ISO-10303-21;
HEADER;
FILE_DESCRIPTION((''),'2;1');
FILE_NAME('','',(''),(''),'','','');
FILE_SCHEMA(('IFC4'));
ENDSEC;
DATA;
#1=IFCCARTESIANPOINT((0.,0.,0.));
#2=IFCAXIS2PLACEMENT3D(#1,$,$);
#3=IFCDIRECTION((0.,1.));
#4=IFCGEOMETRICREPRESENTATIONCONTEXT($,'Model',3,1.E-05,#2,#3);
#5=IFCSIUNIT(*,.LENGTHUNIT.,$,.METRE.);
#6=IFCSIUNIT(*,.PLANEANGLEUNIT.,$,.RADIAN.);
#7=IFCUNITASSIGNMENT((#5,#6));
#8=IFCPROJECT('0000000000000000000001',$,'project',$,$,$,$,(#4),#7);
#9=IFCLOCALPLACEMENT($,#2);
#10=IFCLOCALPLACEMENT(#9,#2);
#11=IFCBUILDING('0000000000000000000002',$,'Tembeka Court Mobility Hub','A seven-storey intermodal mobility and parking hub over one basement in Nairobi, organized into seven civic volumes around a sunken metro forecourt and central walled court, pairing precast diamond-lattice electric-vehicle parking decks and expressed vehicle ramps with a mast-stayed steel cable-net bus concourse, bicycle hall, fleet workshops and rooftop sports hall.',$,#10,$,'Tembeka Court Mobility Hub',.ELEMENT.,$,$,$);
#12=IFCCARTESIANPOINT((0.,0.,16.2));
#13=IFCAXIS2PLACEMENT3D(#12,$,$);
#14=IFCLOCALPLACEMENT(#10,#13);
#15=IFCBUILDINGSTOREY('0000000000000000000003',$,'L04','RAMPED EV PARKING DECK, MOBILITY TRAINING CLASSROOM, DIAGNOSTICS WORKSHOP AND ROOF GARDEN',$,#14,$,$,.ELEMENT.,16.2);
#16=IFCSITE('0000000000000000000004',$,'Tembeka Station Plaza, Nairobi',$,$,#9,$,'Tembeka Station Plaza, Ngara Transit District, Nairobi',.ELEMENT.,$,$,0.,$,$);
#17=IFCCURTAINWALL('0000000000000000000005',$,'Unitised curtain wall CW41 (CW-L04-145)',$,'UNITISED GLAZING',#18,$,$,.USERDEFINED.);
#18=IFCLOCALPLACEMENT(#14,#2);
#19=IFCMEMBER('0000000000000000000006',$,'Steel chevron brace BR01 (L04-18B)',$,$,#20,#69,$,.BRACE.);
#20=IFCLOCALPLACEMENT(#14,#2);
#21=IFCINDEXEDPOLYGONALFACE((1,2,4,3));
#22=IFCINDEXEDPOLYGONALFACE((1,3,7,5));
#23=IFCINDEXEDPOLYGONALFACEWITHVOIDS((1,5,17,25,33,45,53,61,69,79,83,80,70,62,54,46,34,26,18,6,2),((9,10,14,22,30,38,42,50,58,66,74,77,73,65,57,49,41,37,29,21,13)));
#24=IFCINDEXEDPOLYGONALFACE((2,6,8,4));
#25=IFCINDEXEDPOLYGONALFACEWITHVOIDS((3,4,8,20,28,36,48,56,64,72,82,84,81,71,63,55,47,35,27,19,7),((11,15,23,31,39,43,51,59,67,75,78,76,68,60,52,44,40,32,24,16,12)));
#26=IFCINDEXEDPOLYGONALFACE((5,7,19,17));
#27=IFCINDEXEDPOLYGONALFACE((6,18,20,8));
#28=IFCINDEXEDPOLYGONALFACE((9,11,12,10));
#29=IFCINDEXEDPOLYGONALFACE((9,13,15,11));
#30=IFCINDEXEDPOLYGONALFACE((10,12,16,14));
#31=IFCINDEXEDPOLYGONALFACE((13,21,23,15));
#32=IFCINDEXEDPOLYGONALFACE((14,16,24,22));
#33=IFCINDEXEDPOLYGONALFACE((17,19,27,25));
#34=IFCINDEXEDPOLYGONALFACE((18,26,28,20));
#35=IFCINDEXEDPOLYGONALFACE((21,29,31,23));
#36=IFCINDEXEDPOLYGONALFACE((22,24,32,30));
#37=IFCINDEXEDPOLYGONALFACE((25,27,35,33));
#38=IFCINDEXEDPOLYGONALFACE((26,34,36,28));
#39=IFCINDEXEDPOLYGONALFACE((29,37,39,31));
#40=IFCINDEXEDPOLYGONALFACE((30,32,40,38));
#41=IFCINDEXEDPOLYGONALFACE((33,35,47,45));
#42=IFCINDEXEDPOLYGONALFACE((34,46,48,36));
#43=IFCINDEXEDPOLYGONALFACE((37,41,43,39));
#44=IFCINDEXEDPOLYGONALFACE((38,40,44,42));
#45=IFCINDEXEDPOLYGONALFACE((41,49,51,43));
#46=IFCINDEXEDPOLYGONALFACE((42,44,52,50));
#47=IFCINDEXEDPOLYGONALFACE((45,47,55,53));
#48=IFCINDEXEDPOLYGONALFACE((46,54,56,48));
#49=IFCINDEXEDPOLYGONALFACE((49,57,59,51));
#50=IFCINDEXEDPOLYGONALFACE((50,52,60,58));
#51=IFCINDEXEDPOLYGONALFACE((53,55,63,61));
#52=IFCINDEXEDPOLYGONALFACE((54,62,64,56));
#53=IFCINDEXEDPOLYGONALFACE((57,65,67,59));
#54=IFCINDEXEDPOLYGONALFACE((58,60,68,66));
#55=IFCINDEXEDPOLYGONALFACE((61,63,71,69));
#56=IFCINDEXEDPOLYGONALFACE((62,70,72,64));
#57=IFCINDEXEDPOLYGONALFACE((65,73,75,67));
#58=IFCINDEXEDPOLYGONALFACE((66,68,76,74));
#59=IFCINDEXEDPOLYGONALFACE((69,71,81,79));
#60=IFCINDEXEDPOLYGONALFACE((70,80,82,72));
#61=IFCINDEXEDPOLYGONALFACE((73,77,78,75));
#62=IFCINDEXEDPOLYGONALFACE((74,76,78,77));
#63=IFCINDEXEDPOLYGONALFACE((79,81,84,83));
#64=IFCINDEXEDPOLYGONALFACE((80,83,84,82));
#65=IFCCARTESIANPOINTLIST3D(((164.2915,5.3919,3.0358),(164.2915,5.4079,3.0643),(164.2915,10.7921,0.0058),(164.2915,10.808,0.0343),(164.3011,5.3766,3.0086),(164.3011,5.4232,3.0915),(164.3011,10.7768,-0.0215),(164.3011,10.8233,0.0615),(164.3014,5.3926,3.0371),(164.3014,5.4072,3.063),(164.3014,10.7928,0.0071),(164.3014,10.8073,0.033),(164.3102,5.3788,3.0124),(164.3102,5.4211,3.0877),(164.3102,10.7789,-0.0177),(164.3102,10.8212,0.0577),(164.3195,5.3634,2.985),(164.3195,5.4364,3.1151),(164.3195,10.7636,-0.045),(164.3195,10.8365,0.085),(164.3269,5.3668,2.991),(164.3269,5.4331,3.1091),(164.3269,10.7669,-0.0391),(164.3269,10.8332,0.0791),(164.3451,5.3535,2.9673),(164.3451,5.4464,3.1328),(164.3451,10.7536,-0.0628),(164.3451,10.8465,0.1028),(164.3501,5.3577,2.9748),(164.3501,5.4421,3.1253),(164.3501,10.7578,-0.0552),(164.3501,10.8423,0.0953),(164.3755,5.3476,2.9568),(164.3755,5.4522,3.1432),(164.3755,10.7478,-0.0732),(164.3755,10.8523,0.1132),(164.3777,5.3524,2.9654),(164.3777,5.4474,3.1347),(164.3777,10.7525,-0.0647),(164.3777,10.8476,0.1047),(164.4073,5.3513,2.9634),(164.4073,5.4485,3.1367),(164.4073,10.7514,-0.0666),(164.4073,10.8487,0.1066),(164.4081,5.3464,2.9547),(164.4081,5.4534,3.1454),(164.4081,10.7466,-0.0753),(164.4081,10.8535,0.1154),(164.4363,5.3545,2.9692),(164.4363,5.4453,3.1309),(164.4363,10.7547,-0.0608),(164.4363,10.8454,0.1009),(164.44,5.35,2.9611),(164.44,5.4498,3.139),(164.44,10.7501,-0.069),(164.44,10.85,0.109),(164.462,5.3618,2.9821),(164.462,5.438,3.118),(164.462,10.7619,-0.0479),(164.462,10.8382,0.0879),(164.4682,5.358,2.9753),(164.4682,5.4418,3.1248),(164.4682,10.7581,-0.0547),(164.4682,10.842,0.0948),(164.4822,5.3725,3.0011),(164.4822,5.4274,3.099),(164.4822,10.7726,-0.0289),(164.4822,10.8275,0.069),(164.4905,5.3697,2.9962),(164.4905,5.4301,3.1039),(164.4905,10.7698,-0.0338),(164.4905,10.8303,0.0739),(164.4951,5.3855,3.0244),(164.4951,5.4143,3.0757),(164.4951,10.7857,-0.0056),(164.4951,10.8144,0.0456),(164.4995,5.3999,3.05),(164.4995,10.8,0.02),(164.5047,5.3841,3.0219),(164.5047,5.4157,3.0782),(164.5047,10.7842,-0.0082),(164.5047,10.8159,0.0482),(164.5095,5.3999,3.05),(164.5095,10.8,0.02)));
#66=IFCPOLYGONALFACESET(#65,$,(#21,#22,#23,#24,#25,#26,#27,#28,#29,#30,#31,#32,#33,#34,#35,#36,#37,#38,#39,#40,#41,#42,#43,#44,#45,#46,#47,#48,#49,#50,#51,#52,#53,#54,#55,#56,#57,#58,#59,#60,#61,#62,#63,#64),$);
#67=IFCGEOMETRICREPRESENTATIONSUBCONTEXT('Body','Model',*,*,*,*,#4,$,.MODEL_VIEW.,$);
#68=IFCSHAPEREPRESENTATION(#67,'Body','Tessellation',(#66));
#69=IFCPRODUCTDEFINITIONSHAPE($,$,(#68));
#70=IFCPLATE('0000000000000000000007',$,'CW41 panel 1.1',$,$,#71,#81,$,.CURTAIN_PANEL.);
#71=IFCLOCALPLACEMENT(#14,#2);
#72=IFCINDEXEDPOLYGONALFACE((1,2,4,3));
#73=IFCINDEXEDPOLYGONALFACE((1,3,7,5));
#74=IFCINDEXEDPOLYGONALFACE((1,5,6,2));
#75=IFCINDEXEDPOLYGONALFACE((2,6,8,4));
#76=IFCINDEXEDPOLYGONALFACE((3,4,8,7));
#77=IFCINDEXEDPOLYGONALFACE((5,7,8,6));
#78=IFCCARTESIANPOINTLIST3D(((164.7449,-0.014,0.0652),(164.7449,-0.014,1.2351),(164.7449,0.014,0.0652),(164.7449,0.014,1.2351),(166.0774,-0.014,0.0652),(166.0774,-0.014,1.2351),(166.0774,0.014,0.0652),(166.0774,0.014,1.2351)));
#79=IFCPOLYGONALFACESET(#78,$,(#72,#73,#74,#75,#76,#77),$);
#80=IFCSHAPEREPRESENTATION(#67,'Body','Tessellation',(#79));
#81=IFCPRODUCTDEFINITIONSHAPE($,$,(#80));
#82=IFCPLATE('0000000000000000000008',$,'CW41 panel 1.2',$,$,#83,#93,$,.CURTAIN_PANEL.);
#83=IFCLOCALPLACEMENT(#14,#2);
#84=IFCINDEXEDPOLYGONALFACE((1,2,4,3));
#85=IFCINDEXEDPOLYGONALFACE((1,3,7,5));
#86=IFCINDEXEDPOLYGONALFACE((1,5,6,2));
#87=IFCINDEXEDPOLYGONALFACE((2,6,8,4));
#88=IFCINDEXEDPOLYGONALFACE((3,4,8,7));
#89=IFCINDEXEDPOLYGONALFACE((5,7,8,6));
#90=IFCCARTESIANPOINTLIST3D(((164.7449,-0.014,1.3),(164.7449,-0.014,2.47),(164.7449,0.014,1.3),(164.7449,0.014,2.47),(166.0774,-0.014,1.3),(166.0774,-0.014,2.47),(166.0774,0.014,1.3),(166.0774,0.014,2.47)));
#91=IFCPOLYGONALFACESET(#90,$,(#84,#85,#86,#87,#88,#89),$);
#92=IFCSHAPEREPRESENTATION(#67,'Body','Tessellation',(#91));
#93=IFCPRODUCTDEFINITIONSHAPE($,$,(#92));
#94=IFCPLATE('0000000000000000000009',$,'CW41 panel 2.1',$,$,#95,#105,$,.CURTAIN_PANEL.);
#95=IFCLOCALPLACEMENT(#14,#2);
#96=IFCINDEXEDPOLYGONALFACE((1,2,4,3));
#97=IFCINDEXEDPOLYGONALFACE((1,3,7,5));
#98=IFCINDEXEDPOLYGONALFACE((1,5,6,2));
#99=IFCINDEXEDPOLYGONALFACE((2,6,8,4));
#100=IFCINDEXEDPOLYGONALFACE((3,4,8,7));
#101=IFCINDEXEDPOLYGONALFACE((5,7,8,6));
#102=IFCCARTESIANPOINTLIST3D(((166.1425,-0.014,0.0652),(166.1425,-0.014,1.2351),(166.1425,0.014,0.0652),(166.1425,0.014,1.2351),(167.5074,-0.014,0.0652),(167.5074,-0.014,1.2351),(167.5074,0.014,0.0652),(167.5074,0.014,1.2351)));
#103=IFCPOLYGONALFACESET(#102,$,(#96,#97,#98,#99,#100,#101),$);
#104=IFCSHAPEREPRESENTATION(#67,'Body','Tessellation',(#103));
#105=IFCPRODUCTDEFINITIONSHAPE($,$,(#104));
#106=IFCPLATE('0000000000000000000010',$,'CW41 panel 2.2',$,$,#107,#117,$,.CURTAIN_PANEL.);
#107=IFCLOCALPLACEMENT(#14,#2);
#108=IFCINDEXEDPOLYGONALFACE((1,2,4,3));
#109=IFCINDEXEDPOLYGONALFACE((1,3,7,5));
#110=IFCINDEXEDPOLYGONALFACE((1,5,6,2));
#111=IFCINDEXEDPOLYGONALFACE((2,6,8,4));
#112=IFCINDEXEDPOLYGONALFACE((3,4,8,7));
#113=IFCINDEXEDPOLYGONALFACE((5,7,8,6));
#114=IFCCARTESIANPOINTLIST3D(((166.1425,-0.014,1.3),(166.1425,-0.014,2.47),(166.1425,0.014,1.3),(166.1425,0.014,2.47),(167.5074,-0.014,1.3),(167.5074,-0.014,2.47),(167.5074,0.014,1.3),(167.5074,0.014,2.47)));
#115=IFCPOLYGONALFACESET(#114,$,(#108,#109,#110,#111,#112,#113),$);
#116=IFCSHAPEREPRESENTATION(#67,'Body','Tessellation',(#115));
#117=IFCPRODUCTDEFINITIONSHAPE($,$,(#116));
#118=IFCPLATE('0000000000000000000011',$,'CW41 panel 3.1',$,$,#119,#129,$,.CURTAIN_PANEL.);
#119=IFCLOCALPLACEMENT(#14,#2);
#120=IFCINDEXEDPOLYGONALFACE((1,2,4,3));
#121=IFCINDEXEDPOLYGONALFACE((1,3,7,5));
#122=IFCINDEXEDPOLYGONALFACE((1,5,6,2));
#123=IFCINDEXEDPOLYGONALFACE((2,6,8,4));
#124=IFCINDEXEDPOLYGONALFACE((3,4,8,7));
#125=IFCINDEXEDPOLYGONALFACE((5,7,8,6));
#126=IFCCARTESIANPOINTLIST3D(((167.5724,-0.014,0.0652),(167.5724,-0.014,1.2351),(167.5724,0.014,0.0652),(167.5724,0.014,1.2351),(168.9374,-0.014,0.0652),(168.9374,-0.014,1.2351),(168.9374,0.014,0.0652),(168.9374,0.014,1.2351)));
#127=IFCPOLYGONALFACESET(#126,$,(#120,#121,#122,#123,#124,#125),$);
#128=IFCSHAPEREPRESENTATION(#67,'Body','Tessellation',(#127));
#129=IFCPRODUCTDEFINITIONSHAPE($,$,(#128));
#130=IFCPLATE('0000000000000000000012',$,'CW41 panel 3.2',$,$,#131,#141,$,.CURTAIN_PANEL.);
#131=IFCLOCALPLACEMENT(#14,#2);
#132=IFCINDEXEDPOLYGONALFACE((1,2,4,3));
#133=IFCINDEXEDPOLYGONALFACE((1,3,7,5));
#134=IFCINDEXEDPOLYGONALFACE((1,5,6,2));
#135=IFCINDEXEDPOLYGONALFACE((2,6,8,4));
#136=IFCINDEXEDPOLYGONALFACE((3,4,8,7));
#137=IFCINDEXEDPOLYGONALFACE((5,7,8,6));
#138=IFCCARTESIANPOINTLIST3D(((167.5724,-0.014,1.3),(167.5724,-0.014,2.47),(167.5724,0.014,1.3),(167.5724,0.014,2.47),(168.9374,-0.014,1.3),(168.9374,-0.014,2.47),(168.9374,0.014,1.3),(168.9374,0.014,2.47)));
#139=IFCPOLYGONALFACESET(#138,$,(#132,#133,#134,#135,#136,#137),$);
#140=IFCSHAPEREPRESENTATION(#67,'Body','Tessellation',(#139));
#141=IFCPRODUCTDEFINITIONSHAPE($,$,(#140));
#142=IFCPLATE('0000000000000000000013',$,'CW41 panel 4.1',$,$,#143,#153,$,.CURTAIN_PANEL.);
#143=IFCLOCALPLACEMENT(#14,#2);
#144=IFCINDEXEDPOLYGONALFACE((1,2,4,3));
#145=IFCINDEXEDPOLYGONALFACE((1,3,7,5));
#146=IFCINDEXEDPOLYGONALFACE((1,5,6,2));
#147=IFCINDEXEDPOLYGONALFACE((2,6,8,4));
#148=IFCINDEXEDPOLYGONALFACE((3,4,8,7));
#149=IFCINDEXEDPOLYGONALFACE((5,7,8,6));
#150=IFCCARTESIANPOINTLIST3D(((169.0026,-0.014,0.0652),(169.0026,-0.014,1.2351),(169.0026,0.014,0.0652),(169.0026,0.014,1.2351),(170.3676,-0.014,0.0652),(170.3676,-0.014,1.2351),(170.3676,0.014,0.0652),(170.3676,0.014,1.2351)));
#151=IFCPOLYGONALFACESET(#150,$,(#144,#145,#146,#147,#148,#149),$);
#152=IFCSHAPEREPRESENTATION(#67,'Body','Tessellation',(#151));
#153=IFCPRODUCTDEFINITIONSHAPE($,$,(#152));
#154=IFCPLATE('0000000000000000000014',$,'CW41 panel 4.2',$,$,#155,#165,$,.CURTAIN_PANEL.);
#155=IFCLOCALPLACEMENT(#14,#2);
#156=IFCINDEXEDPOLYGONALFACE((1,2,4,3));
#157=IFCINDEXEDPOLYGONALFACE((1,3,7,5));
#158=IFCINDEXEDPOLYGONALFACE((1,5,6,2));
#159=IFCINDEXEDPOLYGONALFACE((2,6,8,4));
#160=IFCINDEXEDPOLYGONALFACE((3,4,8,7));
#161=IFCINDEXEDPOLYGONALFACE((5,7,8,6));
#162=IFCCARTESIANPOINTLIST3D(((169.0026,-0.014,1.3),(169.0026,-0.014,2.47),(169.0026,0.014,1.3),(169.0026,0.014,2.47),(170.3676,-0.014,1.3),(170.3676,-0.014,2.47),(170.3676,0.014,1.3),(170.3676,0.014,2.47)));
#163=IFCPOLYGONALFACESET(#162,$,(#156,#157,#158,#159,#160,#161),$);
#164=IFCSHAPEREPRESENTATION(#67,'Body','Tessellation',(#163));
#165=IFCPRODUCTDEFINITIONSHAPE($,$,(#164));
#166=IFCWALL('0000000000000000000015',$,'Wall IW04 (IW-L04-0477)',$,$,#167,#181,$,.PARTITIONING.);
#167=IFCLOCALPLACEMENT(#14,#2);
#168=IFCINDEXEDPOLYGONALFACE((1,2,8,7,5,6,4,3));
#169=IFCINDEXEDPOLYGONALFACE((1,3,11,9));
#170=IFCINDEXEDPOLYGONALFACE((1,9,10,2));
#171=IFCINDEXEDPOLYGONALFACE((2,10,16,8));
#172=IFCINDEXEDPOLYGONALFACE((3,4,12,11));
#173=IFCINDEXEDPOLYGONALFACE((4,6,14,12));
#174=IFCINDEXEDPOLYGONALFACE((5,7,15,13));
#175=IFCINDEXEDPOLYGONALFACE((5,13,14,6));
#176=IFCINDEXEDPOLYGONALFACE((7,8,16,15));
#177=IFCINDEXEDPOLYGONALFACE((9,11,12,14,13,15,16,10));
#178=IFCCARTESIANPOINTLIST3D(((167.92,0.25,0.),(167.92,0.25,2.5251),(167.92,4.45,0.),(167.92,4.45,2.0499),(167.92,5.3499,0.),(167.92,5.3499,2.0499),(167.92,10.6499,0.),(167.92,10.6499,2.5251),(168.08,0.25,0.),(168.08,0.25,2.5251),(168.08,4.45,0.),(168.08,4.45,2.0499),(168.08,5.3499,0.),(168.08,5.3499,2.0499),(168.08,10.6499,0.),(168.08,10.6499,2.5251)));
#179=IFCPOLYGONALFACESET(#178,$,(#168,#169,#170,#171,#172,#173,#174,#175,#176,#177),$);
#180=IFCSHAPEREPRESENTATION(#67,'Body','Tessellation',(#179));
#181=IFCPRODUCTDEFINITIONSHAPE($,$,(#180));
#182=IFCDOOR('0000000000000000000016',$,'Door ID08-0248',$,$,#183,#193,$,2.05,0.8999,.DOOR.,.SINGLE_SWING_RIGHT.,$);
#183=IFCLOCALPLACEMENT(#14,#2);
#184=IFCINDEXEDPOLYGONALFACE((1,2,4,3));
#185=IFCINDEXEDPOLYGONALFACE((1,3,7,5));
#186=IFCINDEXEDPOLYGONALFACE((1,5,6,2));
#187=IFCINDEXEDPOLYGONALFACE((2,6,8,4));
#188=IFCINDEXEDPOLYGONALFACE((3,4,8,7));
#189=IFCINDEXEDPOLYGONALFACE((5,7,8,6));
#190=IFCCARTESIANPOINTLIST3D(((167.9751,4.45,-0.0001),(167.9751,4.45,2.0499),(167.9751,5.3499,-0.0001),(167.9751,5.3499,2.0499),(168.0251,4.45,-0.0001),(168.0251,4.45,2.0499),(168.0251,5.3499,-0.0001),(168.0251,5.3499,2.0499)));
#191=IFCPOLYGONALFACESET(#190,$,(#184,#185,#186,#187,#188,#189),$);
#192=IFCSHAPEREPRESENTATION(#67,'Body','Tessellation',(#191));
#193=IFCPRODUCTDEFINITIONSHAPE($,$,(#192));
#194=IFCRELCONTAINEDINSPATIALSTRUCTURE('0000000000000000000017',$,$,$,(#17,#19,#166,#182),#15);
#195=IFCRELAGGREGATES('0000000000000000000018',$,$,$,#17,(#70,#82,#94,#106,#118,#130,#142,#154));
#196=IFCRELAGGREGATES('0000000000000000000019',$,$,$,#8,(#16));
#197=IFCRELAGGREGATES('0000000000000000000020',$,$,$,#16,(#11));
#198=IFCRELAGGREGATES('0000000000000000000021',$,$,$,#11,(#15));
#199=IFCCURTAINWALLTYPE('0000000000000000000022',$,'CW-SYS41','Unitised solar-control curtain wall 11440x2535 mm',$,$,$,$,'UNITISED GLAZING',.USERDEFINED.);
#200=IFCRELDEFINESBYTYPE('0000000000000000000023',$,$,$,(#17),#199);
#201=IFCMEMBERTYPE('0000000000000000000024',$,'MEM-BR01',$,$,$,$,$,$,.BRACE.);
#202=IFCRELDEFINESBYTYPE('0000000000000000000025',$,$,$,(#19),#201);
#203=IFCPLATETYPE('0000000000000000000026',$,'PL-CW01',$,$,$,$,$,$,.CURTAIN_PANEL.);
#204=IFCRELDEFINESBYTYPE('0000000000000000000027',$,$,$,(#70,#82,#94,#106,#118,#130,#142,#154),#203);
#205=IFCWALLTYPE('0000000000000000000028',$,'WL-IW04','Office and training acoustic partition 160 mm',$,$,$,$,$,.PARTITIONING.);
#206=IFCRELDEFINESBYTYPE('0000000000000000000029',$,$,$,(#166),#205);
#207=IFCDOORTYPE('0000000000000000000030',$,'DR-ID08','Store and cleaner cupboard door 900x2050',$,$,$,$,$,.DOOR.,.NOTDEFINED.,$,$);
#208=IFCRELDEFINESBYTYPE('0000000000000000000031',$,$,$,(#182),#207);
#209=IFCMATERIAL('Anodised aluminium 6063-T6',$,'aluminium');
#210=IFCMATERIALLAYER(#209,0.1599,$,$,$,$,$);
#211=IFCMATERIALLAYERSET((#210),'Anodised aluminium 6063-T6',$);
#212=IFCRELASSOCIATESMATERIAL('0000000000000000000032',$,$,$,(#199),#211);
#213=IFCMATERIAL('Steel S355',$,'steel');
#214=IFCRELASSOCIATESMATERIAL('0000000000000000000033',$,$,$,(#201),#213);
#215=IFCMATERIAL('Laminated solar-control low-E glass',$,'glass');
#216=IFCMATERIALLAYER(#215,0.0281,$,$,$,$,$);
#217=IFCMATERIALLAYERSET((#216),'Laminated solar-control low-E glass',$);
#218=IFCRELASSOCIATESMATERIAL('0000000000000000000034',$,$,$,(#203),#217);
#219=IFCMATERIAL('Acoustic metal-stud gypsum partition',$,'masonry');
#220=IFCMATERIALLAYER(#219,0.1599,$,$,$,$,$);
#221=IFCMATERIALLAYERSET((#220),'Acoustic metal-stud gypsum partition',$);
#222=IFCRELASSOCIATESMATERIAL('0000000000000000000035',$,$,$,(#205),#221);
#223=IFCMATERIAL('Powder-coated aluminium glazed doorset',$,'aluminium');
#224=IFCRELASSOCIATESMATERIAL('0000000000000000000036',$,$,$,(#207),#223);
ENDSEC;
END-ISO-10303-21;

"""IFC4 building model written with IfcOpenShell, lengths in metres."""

from ifc_helpers import new_model, si_unit, direction, frame, frame_2d, origin, origin_2d, place, context, subcontext, project, spatial, rectangle, hollow_circle, extrude, material, layer, layer_set, material_profile, profile_set, type_object, element, fill, aggregate, save


model = new_model("IFC4")

# Units and contexts
model_context = context("Model", 3, precision=1e-05, world=origin(), true_north=direction((0.0, 1.0)))
body_context = subcontext(model_context, "Body", "Model", "MODEL_VIEW")
ifc_project = project(units=[si_unit("LENGTHUNIT", "METRE"), si_unit("PLANEANGLEUNIT", "RADIAN")], contexts=[model_context])

# Site, building, storey
site_placement = place(None, origin())
site = spatial("IfcSite", under=ifc_project, at=site_placement, Name="Tembeka Station Plaza, Nairobi", LongName="Tembeka Station Plaza, Ngara Transit District, Nairobi", CompositionType="ELEMENT", RefElevation=0.0)
building_placement = place(site_placement, origin())
building = spatial("IfcBuilding", under=site, at=building_placement, Name="Tembeka Court Mobility Hub", Description="A seven-storey intermodal mobility and parking hub over one basement in Nairobi, organized into seven civic volumes around a sunken metro forecourt and central walled court, pairing precast diamond-lattice electric-vehicle parking decks and expressed vehicle ramps with a mast-stayed steel cable-net bus concourse, bicycle hall, fleet workshops and rooftop sports hall.", LongName="Tembeka Court Mobility Hub", CompositionType="ELEMENT")
storey_placement = place(building_placement, frame((0.0, 0.0, 16.2)))
storey = spatial("IfcBuildingStorey", under=building, at=storey_placement, Name="L04", Description="RAMPED EV PARKING DECK, MOBILITY TRAINING CLASSROOM, DIAGNOSTICS WORKSHOP AND ROOF GARDEN", CompositionType="ELEMENT", Elevation=16.2)

# Shared definitions
ifc_material_1 = material(Name="Steel S355", Category="steel")

# Curtain wall
ifc_material_2 = material(Name="Anodised aluminium 6063-T6", Category="aluminium")
ifc_layer_1 = layer(ifc_material_2, 0.1599)
ifc_layer_set_1 = layer_set([ifc_layer_1], Name="Anodised aluminium 6063-T6")
curtain_wall_type = type_object("IfcCurtainWallType", Name="CW-SYS41", Description="Unitised solar-control curtain wall 11440x2535 mm", ElementType="UNITISED GLAZING", PredefinedType="USERDEFINED", material=ifc_layer_set_1)
curtain_wall_placement = place(storey_placement, origin())
curtain_wall = element("IfcCurtainWall", 1, at=curtain_wall_placement, inside=storey, type_object=curtain_wall_type, Name="Unitised curtain wall CW41 (CW-L04-145)", ObjectType="UNITISED GLAZING", PredefinedType="USERDEFINED")

# Member
ifc_material_profile_1 = material_profile(ifc_material_1, hollow_circle(Radius=0.1096, WallThickness=0.01, at=origin_2d()), Name="CHS 219.1x10")
ifc_profile_set_1 = profile_set([ifc_material_profile_1], Name="Steel S355")
member_type_1 = type_object("IfcMemberType", Name="MEM-BR01", PredefinedType="BRACE", material=ifc_profile_set_1)
member_1_placement = place(storey_placement, frame((164.3999, 10.8, 0.02), z_axis=(0.0, -0.872096, 0.489334), x_axis=(1.0, 0.0, 0.0)))
element("IfcMember", 2, at=member_1_placement, inside=storey, type_object=member_type_1, Name="Steel chevron brace BR01 (L04-18B)", PredefinedType="BRACE", context=body_context, shape_type="SweptSolid", body=[
    extrude(hollow_circle(Radius=0.1096, WallThickness=0.01, at=origin_2d()), origin(), (0.0, 0.0, 1.0), 6.1921),
])

# Plates
ifc_material_3 = material(Name="Laminated solar-control low-E glass", Category="glass")
ifc_layer_2 = layer(ifc_material_3, 0.0281)
ifc_layer_set_2 = layer_set([ifc_layer_2], Name="Laminated solar-control low-E glass")
plate_type = type_object("IfcPlateType", Name="PL-CW01", PredefinedType="CURTAIN_PANEL", material=ifc_layer_set_2)
plate_1_placement = place(storey_placement, frame((165.4111, 0.0, 0.0652), z_axis=(0.0, 0.0, 1.0), x_axis=(1.0, 0.0, 0.0)))
plate_1 = element("IfcPlate", 3, at=plate_1_placement, type_object=plate_type, Name="CW41 panel 1.1", PredefinedType="CURTAIN_PANEL", context=body_context, shape_type="SweptSolid", body=[
    extrude(rectangle(XDim=1.3325, YDim=0.0281, at=origin_2d()), origin(), (0.0, 0.0, 1.0), 1.1699),
])
plate_2_placement = place(storey_placement, frame((165.4111, 0.0, 1.3), z_axis=(0.0, 0.0, 1.0), x_axis=(1.0, 0.0, 0.0)))
plate_2 = element("IfcPlate", 4, at=plate_2_placement, type_object=plate_type, Name="CW41 panel 1.2", PredefinedType="CURTAIN_PANEL", context=body_context, shape_type="SweptSolid", body=[
    extrude(rectangle(XDim=1.3325, YDim=0.0281, at=origin_2d()), origin(), (0.0, 0.0, 1.0), 1.1699),
])
plate_3_placement = place(storey_placement, frame((166.825, 0.0, 0.0652), z_axis=(0.0, 0.0, 1.0), x_axis=(1.0, 0.0, 0.0)))
plate_3 = element("IfcPlate", 5, at=plate_3_placement, type_object=plate_type, Name="CW41 panel 2.1", PredefinedType="CURTAIN_PANEL", context=body_context, shape_type="SweptSolid", body=[
    extrude(rectangle(XDim=1.365, YDim=0.0281, at=origin_2d()), origin(), (0.0, 0.0, 1.0), 1.1699),
])
plate_4_placement = place(storey_placement, frame((166.825, 0.0, 1.3), z_axis=(0.0, 0.0, 1.0), x_axis=(1.0, 0.0, 0.0)))
plate_4 = element("IfcPlate", 6, at=plate_4_placement, type_object=plate_type, Name="CW41 panel 2.2", PredefinedType="CURTAIN_PANEL", context=body_context, shape_type="SweptSolid", body=[
    extrude(rectangle(XDim=1.365, YDim=0.0281, at=origin_2d()), origin(), (0.0, 0.0, 1.0), 1.1699),
])
plate_5_placement = place(storey_placement, frame((168.2549, 0.0, 0.0652), z_axis=(0.0, 0.0, 1.0), x_axis=(1.0, 0.0, 0.0)))
plate_5 = element("IfcPlate", 7, at=plate_5_placement, type_object=plate_type, Name="CW41 panel 3.1", PredefinedType="CURTAIN_PANEL", context=body_context, shape_type="SweptSolid", body=[
    extrude(rectangle(XDim=1.365, YDim=0.0281, at=origin_2d()), origin(), (0.0, 0.0, 1.0), 1.1699),
])
plate_6_placement = place(storey_placement, frame((168.2549, 0.0, 1.3), z_axis=(0.0, 0.0, 1.0), x_axis=(1.0, 0.0, 0.0)))
plate_6 = element("IfcPlate", 8, at=plate_6_placement, type_object=plate_type, Name="CW41 panel 3.2", PredefinedType="CURTAIN_PANEL", context=body_context, shape_type="SweptSolid", body=[
    extrude(rectangle(XDim=1.365, YDim=0.0281, at=origin_2d()), origin(), (0.0, 0.0, 1.0), 1.1699),
])
plate_7_placement = place(storey_placement, frame((169.6851, 0.0, 0.0652), z_axis=(0.0, 0.0, 1.0), x_axis=(1.0, 0.0, 0.0)))
plate_7 = element("IfcPlate", 9, at=plate_7_placement, type_object=plate_type, Name="CW41 panel 4.1", PredefinedType="CURTAIN_PANEL", context=body_context, shape_type="SweptSolid", body=[
    extrude(rectangle(XDim=1.365, YDim=0.0281, at=origin_2d()), origin(), (0.0, 0.0, 1.0), 1.1699),
])
plate_8_placement = place(storey_placement, frame((169.6851, 0.0, 1.3), z_axis=(0.0, 0.0, 1.0), x_axis=(1.0, 0.0, 0.0)))
plate_8 = element("IfcPlate", 10, at=plate_8_placement, type_object=plate_type, Name="CW41 panel 4.2", PredefinedType="CURTAIN_PANEL", context=body_context, shape_type="SweptSolid", body=[
    extrude(rectangle(XDim=1.365, YDim=0.0281, at=origin_2d()), origin(), (0.0, 0.0, 1.0), 1.1699),
])
aggregate(curtain_wall, [plate_1, plate_2, plate_3, plate_4, plate_5, plate_6, plate_7, plate_8])

# Wall, opening, door
ifc_material_4 = material(Name="Acoustic metal-stud gypsum partition", Category="masonry")
ifc_layer_3 = layer(ifc_material_4, 0.1599)
ifc_layer_set_3 = layer_set([ifc_layer_3], Name="Acoustic metal-stud gypsum partition")
wall_type = type_object("IfcWallType", Name="WL-IW04", Description="Office and training acoustic partition 160 mm", PredefinedType="PARTITIONING", material=ifc_layer_set_3)
wall_placement = place(storey_placement, frame((168.0, 0.25, 0.0), z_axis=(0.0, 0.0, 1.0), x_axis=(0.0, 1.0, 0.0)))
wall = element("IfcWall", 11, at=wall_placement, inside=storey, type_object=wall_type, Name="Wall IW04 (IW-L04-0477)", PredefinedType="PARTITIONING", context=body_context, shape_type="SweptSolid", body=[
    extrude(rectangle(XDim=10.3999, YDim=0.1599, at=frame_2d((5.2, 0.0))), origin(), (0.0, 0.0, 1.0), 2.5251),
])
opening_placement = place(wall_placement, frame((4.2, 0.0, 0.0)))
opening = element("IfcOpeningElement", 12, at=opening_placement, cuts=wall, PredefinedType="OPENING", context=body_context, shape_type="SweptSolid", body=[
    extrude(rectangle(XDim=0.8999, YDim=2.05, at=frame_2d((0.45, 1.0249))), frame((0.0, 0.0898, 0.0), z_axis=(0.0, -1.0, 0.0), x_axis=(1.0, 0.0, 0.0)), (0.0, 0.0, 1.0), 0.1799),
])
ifc_material_5 = material(Name="Powder-coated aluminium glazed doorset", Category="aluminium")
door_type = type_object("IfcDoorType", Name="DR-ID08", Description="Store and cleaner cupboard door 900x2050", OperationType="NOTDEFINED", PredefinedType="DOOR", material=ifc_material_5)
door_placement = place(opening_placement, origin())
door = element("IfcDoor", 13, at=door_placement, inside=storey, type_object=door_type, Name="Door ID08-0248", OperationType="SINGLE_SWING_RIGHT", OverallHeight=2.05, OverallWidth=0.8999, PredefinedType="DOOR", context=body_context, shape_type="SweptSolid", body=[
    extrude(rectangle(XDim=0.8999, YDim=2.05, at=frame_2d((0.45, 1.0249))), frame((0.0, 0.0249, 0.0), z_axis=(0.0, -1.0, 0.0), x_axis=(1.0, 0.0, 0.0)), (0.0, 0.0, 1.0), 0.05),
])
fill(opening, door)

save(model, "model.ifc")
